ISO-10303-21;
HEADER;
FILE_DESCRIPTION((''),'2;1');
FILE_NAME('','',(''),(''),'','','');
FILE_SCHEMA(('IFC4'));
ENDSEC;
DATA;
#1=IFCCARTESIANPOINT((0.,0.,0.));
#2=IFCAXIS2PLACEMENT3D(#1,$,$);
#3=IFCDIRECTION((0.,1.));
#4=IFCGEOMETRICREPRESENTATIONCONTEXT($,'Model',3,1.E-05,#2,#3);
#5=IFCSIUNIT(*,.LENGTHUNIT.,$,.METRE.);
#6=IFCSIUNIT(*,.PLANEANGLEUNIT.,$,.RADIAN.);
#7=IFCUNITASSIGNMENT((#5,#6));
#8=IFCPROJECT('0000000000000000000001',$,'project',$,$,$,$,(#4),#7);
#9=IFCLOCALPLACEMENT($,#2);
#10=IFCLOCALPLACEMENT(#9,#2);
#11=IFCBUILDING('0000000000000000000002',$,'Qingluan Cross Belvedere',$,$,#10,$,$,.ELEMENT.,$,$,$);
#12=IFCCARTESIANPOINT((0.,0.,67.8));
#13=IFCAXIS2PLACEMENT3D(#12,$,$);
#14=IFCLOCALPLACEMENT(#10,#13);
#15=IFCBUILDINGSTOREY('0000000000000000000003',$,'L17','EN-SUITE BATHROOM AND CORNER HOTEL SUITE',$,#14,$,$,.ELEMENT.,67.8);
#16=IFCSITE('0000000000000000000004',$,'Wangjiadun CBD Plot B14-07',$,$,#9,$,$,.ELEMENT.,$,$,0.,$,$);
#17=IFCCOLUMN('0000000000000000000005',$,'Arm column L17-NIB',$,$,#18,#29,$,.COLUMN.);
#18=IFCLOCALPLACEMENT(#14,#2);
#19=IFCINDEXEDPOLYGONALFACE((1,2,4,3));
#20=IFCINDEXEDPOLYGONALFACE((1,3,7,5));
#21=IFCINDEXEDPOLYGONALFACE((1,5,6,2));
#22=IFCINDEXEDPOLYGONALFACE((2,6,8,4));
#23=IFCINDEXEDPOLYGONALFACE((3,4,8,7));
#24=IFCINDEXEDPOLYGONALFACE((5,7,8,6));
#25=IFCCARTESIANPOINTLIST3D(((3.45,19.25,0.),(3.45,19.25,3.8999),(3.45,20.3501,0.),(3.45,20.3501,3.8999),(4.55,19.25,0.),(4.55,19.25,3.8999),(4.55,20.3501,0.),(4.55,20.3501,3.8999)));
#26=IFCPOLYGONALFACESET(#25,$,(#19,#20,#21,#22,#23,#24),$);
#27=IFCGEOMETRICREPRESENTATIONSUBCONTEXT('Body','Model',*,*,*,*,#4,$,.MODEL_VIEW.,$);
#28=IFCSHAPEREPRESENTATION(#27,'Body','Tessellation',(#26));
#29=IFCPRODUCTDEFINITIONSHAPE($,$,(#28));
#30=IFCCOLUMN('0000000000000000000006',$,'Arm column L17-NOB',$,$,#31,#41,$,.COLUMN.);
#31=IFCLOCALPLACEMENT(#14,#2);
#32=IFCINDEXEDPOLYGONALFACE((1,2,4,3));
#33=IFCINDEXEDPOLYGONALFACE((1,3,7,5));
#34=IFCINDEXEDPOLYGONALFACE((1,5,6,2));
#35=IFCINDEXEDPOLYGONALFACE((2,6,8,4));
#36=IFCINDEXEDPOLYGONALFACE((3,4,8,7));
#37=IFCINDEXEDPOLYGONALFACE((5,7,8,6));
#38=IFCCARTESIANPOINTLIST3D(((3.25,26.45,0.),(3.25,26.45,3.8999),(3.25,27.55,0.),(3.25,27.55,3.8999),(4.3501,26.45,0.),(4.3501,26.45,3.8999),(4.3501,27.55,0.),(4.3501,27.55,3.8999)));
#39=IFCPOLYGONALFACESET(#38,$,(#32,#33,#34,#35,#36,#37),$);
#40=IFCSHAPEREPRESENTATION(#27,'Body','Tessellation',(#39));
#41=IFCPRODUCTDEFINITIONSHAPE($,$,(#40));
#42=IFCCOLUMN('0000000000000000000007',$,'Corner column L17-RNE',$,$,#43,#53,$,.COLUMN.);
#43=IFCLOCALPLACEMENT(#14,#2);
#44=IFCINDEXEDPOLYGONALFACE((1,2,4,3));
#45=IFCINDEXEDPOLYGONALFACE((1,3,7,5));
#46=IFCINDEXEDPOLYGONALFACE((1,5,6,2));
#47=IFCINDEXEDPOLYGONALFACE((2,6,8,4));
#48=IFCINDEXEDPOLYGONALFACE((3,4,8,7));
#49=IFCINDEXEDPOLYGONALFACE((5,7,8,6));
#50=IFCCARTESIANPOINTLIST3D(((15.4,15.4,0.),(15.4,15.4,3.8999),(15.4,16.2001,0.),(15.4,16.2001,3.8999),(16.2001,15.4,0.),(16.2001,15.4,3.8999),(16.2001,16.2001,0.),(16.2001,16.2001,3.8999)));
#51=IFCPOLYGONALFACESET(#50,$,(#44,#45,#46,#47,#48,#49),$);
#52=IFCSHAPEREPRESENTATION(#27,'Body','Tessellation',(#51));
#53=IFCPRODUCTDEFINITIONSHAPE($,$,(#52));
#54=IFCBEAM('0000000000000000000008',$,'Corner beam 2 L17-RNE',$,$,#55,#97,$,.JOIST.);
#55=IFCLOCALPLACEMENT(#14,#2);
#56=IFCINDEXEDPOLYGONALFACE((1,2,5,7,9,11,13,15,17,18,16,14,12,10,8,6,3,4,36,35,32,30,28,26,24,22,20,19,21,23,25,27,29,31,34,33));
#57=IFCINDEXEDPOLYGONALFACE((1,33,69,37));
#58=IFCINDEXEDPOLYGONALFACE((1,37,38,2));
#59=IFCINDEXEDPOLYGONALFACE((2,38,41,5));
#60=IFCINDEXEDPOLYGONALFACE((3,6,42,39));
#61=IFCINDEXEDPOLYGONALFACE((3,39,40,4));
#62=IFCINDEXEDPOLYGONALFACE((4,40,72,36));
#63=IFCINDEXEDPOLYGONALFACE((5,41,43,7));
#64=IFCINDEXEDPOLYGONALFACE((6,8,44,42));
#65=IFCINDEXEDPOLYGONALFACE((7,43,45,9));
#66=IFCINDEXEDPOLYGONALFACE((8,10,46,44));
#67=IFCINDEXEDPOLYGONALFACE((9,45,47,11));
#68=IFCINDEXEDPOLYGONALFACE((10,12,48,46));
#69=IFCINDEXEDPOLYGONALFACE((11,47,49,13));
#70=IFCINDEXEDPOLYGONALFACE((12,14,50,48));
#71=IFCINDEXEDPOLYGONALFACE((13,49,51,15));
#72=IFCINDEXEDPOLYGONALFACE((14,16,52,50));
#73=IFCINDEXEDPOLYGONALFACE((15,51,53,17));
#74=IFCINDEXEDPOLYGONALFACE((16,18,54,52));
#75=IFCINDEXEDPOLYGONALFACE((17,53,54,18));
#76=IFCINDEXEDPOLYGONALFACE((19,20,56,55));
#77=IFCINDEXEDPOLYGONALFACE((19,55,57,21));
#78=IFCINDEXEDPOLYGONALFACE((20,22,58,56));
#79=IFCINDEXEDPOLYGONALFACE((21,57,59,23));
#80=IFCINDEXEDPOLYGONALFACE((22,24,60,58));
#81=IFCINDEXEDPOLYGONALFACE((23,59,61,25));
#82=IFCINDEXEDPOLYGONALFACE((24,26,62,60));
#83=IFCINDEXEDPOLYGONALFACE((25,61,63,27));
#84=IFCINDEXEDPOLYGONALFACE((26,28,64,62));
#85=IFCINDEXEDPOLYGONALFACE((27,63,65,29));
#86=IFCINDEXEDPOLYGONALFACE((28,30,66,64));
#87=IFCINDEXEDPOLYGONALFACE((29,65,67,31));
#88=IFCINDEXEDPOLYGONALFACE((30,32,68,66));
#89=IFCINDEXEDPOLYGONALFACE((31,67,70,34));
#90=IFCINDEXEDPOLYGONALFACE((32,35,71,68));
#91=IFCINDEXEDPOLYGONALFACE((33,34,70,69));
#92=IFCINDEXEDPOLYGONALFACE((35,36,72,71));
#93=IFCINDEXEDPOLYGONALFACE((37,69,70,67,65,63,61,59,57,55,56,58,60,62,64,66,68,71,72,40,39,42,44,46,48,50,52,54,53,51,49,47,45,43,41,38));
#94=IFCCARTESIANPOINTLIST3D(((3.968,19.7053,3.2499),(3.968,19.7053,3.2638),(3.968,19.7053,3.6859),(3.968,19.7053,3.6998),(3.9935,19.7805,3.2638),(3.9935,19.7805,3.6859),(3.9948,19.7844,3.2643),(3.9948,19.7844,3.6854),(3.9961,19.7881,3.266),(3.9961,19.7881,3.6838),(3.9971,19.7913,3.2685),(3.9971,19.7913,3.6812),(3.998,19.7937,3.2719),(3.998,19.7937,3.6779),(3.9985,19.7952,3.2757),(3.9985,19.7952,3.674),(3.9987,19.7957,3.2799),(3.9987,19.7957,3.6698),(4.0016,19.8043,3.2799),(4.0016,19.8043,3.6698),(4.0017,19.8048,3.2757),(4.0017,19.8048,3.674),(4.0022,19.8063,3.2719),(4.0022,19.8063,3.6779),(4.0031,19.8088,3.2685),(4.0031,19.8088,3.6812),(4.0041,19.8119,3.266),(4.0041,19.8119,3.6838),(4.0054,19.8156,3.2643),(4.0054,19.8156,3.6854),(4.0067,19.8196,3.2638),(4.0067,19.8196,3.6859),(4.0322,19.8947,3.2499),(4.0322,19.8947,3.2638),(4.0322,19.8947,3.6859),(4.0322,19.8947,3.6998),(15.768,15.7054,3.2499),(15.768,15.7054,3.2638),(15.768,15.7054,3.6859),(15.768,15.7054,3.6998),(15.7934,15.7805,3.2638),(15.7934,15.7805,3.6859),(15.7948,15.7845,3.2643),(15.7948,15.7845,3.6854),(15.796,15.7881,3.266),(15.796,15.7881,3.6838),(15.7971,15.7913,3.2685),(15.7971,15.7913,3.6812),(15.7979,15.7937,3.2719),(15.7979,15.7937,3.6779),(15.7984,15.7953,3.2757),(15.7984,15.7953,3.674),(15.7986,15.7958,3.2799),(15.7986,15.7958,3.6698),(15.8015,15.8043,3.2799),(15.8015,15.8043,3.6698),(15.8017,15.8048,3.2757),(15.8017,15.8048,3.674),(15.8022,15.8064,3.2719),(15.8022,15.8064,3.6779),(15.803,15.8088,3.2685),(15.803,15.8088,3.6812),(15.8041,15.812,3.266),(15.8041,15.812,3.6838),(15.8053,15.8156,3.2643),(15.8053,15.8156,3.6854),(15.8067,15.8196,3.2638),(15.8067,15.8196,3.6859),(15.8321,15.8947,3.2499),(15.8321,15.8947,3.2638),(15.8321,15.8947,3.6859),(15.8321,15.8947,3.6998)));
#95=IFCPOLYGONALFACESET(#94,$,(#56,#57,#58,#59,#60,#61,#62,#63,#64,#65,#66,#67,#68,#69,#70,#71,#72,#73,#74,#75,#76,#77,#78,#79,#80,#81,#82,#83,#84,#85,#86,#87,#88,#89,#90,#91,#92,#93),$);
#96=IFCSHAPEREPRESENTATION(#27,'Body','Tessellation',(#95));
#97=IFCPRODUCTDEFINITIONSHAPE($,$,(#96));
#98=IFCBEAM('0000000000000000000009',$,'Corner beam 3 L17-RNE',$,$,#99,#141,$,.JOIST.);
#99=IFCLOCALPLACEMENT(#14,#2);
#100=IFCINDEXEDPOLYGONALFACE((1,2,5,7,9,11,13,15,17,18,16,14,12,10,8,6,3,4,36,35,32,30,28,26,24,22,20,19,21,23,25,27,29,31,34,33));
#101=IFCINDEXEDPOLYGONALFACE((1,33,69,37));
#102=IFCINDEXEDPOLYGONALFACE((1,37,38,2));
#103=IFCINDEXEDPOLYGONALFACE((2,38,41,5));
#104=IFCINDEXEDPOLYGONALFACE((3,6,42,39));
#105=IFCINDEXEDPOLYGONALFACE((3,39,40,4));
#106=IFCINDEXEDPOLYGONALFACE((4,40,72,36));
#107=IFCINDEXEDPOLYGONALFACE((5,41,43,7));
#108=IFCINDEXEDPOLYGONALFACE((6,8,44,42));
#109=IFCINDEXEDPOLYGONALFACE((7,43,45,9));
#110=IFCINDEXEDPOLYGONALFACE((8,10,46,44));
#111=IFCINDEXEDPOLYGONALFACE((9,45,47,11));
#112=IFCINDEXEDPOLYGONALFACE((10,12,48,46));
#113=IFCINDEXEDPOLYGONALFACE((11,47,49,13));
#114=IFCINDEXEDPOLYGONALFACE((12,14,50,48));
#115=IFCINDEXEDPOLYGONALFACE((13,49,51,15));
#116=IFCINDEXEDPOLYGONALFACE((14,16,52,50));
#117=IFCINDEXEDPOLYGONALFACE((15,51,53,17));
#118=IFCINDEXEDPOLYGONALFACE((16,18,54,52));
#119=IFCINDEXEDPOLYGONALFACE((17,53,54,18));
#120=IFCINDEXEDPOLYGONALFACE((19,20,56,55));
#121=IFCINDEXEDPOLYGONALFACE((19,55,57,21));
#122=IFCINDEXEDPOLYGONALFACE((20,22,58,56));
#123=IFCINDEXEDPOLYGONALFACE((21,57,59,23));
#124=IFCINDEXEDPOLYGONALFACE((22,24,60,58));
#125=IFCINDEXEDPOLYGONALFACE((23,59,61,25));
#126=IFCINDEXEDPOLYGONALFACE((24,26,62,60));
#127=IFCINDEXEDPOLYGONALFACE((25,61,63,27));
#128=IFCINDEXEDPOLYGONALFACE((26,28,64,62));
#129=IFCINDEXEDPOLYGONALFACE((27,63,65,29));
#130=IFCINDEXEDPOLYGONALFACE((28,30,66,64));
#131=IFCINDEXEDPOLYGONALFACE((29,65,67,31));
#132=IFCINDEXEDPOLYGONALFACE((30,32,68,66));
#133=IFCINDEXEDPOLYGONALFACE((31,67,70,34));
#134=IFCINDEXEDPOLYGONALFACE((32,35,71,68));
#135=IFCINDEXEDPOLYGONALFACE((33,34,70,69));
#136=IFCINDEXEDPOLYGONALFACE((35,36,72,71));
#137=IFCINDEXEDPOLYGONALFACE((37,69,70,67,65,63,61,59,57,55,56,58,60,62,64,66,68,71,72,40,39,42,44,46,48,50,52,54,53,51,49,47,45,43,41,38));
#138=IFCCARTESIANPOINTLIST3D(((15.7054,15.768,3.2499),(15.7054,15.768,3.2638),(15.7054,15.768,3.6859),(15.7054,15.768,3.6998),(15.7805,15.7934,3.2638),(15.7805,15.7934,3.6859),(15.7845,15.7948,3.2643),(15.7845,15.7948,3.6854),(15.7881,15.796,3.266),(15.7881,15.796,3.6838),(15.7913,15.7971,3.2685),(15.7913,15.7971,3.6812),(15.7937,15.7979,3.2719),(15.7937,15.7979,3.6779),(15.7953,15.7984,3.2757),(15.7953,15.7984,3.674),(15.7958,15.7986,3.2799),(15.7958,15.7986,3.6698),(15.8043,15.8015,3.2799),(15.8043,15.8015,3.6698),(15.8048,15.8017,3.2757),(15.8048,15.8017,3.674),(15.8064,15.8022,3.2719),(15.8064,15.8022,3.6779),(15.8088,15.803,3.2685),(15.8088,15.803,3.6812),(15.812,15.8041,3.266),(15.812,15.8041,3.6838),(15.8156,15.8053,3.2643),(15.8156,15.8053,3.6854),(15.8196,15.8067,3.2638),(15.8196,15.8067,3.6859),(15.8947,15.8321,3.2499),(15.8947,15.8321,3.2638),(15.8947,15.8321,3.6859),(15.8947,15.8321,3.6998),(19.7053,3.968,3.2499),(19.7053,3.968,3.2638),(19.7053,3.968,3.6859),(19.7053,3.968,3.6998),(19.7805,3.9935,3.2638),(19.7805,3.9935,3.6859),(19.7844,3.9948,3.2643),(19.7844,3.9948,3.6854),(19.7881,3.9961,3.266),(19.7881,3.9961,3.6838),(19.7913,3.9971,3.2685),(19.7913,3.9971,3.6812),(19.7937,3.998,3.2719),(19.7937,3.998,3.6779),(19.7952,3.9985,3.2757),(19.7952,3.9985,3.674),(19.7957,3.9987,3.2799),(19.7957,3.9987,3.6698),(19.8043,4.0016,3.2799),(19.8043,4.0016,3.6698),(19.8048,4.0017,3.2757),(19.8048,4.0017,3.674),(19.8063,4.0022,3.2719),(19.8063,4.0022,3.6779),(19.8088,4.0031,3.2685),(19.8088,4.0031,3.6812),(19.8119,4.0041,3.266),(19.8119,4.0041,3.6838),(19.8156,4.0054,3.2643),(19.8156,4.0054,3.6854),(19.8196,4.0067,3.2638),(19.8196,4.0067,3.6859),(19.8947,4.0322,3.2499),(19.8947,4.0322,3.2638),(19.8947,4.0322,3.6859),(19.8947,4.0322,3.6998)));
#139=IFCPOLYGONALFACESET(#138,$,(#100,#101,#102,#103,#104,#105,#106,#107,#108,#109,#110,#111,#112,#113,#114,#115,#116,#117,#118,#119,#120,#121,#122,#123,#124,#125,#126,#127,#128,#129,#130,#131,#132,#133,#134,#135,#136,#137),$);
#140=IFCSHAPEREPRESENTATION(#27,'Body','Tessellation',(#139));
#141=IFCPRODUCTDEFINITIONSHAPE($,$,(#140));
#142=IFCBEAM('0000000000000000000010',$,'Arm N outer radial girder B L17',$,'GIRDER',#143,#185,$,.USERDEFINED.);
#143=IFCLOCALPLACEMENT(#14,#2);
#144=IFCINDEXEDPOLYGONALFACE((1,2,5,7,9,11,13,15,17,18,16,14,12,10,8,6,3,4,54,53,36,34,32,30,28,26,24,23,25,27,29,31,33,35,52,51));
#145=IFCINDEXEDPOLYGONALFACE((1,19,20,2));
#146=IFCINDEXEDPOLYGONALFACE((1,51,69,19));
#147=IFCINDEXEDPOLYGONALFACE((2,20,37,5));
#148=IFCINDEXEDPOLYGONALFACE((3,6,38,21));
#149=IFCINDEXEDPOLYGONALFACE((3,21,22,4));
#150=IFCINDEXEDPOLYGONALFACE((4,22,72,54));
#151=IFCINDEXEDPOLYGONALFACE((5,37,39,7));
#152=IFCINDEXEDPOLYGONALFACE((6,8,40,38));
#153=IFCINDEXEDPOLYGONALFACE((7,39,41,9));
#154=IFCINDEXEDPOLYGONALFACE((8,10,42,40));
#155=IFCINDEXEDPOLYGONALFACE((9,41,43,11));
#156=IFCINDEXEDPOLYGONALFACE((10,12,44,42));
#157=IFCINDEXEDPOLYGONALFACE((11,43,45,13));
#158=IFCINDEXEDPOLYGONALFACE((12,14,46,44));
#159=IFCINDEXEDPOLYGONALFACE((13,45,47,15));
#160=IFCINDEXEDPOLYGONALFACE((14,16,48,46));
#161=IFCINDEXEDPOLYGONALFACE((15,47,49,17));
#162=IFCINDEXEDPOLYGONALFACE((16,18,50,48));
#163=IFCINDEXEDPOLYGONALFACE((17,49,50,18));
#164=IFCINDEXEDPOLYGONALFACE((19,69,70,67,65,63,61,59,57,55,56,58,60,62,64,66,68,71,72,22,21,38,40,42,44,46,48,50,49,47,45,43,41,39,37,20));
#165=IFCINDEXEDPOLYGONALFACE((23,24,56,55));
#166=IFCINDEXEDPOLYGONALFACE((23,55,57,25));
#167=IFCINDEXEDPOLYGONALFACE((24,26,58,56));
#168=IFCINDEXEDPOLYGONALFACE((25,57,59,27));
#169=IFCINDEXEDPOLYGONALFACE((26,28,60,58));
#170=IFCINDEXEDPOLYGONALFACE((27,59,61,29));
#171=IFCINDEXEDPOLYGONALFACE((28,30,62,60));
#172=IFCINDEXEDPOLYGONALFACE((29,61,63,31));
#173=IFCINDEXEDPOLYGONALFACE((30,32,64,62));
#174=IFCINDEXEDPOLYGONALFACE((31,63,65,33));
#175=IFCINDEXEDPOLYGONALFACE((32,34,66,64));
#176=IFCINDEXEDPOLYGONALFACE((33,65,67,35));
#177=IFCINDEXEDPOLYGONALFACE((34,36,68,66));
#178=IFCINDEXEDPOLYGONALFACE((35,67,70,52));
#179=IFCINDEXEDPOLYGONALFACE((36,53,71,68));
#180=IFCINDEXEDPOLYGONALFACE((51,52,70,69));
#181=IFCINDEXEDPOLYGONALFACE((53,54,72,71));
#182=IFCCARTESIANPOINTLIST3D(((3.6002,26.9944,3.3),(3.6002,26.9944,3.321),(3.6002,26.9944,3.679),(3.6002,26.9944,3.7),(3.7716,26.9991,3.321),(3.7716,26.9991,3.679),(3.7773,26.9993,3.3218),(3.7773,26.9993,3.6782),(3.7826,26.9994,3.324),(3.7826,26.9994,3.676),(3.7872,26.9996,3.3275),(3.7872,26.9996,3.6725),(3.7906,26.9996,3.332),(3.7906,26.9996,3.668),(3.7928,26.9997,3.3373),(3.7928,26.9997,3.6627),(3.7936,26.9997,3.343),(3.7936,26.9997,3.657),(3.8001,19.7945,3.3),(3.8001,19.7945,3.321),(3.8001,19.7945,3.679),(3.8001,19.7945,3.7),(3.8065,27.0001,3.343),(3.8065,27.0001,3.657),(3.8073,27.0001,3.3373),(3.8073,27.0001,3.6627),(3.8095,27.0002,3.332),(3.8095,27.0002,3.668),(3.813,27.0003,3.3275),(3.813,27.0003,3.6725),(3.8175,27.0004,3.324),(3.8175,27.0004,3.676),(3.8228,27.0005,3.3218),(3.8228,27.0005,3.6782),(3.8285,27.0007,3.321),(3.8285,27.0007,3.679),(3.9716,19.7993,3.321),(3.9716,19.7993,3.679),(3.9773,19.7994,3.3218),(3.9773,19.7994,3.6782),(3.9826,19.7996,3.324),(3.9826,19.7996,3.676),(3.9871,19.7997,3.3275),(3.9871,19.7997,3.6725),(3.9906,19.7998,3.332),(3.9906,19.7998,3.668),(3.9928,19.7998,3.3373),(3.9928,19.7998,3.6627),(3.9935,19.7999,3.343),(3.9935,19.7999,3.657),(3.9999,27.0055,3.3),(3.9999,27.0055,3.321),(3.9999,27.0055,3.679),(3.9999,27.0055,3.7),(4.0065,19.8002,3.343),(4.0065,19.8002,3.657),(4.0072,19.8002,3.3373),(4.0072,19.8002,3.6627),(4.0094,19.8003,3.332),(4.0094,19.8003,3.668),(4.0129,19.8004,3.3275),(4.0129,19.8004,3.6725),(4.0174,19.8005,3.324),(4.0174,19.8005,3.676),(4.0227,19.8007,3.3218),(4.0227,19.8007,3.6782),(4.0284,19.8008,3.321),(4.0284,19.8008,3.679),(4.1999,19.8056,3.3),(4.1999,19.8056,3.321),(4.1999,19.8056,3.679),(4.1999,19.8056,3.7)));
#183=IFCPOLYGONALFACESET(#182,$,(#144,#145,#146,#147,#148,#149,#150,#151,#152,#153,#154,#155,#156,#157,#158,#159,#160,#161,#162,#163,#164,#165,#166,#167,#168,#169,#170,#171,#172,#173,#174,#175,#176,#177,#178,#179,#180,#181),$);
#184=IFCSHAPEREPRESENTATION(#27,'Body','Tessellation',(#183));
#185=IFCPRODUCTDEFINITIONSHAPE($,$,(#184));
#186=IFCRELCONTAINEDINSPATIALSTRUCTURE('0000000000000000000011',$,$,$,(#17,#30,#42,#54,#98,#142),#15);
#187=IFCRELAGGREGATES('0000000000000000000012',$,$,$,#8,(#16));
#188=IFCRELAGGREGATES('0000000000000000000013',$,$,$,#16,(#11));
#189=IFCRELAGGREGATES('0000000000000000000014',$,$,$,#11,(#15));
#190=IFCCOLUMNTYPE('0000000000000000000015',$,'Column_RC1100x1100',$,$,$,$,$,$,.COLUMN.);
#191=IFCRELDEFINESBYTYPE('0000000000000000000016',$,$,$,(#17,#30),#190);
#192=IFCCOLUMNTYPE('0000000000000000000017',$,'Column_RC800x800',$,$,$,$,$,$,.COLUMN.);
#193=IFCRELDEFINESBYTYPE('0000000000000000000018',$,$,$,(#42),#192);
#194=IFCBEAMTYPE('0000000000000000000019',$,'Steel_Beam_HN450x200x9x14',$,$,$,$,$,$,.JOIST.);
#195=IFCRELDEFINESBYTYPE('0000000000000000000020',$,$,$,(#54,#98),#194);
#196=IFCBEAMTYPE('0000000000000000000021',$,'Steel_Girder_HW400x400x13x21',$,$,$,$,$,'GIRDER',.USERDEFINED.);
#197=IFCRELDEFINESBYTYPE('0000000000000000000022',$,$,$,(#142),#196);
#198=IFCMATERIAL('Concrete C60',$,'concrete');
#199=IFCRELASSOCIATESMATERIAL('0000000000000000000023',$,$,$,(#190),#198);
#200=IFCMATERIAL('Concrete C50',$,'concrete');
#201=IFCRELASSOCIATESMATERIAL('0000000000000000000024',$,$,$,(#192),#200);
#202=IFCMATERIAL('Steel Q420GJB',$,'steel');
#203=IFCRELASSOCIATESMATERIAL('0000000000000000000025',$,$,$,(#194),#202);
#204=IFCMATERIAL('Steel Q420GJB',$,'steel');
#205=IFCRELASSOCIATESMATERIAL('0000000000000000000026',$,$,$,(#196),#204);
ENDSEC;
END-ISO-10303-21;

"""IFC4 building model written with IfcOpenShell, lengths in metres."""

from ifc_helpers import new_model, si_unit, direction, frame, origin, origin_2d, place, context, subcontext, project, spatial, rectangle, i_section, extrude, material, material_profile, profile_set, type_object, element, save


model = new_model("IFC4")

# Units and contexts
model_context = context("Model", 3, precision=1e-05, world=origin(), true_north=direction((0.0, 1.0)))
body_context = subcontext(model_context, "Body", "Model", "MODEL_VIEW")
ifc_project = project(units=[si_unit("LENGTHUNIT", "METRE"), si_unit("PLANEANGLEUNIT", "RADIAN")], contexts=[model_context])

# Site, building, storey
site_placement = place(None, origin())
site = spatial("IfcSite", under=ifc_project, at=site_placement, Name="Wangjiadun CBD Plot B14-07", CompositionType="ELEMENT", RefElevation=0.0)
building_placement = place(site_placement, origin())
building = spatial("IfcBuilding", under=site, at=building_placement, Name="Qingluan Cross Belvedere", CompositionType="ELEMENT")
storey_placement = place(building_placement, frame((0.0, 0.0, 67.8)))
storey = spatial("IfcBuildingStorey", under=building, at=storey_placement, Name="L17", Description="EN-SUITE BATHROOM AND CORNER HOTEL SUITE", CompositionType="ELEMENT", Elevation=67.8)

# Columns
ifc_material_1 = material(Name="Concrete C60", Category="concrete")
ifc_material_profile_1 = material_profile(ifc_material_1, rectangle(XDim=1.1001, YDim=1.1001, at=origin_2d()), Name="RC1100x1100")
ifc_profile_set_1 = profile_set([ifc_material_profile_1], Name="Concrete C60")
column_type_1 = type_object("IfcColumnType", Name="Column_RC1100x1100", PredefinedType="COLUMN", material=ifc_profile_set_1)
for number, where, z_axis, x_axis, name in (
    (1, (4.0, 19.8, 0.0), (0.0, 0.0, 1.0), (1.0, 0.0, 0.0), "Arm column L17-NIB"),
    (2, (3.8, 27.0, 0.0), (0.0, 0.0, 1.0), (1.0, 0.0, 0.0), "Arm column L17-NOB"),
):
    element("IfcColumn", number, at=place(storey_placement, frame(where, z_axis=z_axis, x_axis=x_axis)), inside=storey, type_object=column_type_1, Name=name, PredefinedType="COLUMN", context=body_context, shape_type="SweptSolid", body=[
        extrude(rectangle(XDim=1.1001, YDim=1.1001, at=origin_2d()), origin(), (0.0, 0.0, 1.0), 3.8999),
    ])
ifc_material_2 = material(Name="Concrete C50", Category="concrete")
ifc_material_profile_2 = material_profile(ifc_material_2, rectangle(XDim=0.8, YDim=0.8, at=origin_2d()), Name="RC800x800")
ifc_profile_set_2 = profile_set([ifc_material_profile_2], Name="Concrete C50")
column_type_2 = type_object("IfcColumnType", Name="Column_RC800x800", PredefinedType="COLUMN", material=ifc_profile_set_2)
column_placement = place(storey_placement, frame((15.8, 15.8, 0.0), z_axis=(0.0, 0.0, 1.0), x_axis=(1.0, 0.0, 0.0)))
element("IfcColumn", 3, at=column_placement, inside=storey, type_object=column_type_2, Name="Corner column L17-RNE", PredefinedType="COLUMN", context=body_context, shape_type="SweptSolid", body=[
    extrude(rectangle(XDim=0.8, YDim=0.8, at=origin_2d()), origin(), (0.0, 0.0, 1.0), 3.8999),
])

# Beams
ifc_material_3 = material(Name="Steel Q420GJB", Category="steel")
ifc_material_profile_3 = material_profile(ifc_material_3, i_section(OverallWidth=0.2, OverallDepth=0.45, WebThickness=0.009, FlangeThickness=0.0139, FilletRadius=0.0161, at=origin_2d()), Name="HN450x200x9x14")
ifc_profile_set_3 = profile_set([ifc_material_profile_3], Name="Steel Q420GJB")
beam_type_1 = type_object("IfcBeamType", Name="Steel_Beam_HN450x200x9x14", PredefinedType="JOIST", material=ifc_profile_set_3)
for number, where, z_axis, x_axis, name in (
    (4, (15.8, 15.8, 3.4749), (-0.947066, 0.321038, 0.0), (-0.321038, -0.947066, 0.0), "Corner beam 2 L17-RNE"),
    (5, (15.8, 15.8, 3.4749), (0.321038, -0.947066, 0.0), (0.947066, 0.321038, 0.0), "Corner beam 3 L17-RNE"),
):
    element("IfcBeam", number, at=place(storey_placement, frame(where, z_axis=z_axis, x_axis=x_axis)), inside=storey, type_object=beam_type_1, Name=name, PredefinedType="JOIST", context=body_context, shape_type="SweptSolid", body=[
        extrude(i_section(OverallWidth=0.2, OverallDepth=0.45, WebThickness=0.009, FlangeThickness=0.0139, FilletRadius=0.0161, at=origin_2d()), origin(), (0.0, 0.0, 1.0), 12.4595),
    ])
ifc_material_4 = material(Name="Steel Q420GJB", Category="steel")
ifc_material_profile_4 = material_profile(ifc_material_4, i_section(OverallWidth=0.3999, OverallDepth=0.3999, WebThickness=0.0129, FlangeThickness=0.021, FilletRadius=0.022, at=origin_2d()), Name="HW400x400x13x21")
ifc_profile_set_4 = profile_set([ifc_material_profile_4], Name="Steel Q420GJB")
beam_type_2 = type_object("IfcBeamType", Name="Steel_Girder_HW400x400x13x21", ElementType="GIRDER", PredefinedType="USERDEFINED", material=ifc_profile_set_4)
beam_placement = place(storey_placement, frame((4.0, 19.8, 3.5), z_axis=(-0.02776, 0.999615, 0.0), x_axis=(-0.999615, -0.02776, 0.0)))
element("IfcBeam", 6, at=beam_placement, inside=storey, type_object=beam_type_2, Name="Arm N outer radial girder B L17", ObjectType="GIRDER", PredefinedType="USERDEFINED", context=body_context, shape_type="SweptSolid", body=[
    extrude(i_section(OverallWidth=0.3999, OverallDepth=0.3999, WebThickness=0.0129, FlangeThickness=0.021, FilletRadius=0.022, at=origin_2d()), origin(), (0.0, 0.0, 1.0), 7.2026),
])

save(model, "model.ifc")
